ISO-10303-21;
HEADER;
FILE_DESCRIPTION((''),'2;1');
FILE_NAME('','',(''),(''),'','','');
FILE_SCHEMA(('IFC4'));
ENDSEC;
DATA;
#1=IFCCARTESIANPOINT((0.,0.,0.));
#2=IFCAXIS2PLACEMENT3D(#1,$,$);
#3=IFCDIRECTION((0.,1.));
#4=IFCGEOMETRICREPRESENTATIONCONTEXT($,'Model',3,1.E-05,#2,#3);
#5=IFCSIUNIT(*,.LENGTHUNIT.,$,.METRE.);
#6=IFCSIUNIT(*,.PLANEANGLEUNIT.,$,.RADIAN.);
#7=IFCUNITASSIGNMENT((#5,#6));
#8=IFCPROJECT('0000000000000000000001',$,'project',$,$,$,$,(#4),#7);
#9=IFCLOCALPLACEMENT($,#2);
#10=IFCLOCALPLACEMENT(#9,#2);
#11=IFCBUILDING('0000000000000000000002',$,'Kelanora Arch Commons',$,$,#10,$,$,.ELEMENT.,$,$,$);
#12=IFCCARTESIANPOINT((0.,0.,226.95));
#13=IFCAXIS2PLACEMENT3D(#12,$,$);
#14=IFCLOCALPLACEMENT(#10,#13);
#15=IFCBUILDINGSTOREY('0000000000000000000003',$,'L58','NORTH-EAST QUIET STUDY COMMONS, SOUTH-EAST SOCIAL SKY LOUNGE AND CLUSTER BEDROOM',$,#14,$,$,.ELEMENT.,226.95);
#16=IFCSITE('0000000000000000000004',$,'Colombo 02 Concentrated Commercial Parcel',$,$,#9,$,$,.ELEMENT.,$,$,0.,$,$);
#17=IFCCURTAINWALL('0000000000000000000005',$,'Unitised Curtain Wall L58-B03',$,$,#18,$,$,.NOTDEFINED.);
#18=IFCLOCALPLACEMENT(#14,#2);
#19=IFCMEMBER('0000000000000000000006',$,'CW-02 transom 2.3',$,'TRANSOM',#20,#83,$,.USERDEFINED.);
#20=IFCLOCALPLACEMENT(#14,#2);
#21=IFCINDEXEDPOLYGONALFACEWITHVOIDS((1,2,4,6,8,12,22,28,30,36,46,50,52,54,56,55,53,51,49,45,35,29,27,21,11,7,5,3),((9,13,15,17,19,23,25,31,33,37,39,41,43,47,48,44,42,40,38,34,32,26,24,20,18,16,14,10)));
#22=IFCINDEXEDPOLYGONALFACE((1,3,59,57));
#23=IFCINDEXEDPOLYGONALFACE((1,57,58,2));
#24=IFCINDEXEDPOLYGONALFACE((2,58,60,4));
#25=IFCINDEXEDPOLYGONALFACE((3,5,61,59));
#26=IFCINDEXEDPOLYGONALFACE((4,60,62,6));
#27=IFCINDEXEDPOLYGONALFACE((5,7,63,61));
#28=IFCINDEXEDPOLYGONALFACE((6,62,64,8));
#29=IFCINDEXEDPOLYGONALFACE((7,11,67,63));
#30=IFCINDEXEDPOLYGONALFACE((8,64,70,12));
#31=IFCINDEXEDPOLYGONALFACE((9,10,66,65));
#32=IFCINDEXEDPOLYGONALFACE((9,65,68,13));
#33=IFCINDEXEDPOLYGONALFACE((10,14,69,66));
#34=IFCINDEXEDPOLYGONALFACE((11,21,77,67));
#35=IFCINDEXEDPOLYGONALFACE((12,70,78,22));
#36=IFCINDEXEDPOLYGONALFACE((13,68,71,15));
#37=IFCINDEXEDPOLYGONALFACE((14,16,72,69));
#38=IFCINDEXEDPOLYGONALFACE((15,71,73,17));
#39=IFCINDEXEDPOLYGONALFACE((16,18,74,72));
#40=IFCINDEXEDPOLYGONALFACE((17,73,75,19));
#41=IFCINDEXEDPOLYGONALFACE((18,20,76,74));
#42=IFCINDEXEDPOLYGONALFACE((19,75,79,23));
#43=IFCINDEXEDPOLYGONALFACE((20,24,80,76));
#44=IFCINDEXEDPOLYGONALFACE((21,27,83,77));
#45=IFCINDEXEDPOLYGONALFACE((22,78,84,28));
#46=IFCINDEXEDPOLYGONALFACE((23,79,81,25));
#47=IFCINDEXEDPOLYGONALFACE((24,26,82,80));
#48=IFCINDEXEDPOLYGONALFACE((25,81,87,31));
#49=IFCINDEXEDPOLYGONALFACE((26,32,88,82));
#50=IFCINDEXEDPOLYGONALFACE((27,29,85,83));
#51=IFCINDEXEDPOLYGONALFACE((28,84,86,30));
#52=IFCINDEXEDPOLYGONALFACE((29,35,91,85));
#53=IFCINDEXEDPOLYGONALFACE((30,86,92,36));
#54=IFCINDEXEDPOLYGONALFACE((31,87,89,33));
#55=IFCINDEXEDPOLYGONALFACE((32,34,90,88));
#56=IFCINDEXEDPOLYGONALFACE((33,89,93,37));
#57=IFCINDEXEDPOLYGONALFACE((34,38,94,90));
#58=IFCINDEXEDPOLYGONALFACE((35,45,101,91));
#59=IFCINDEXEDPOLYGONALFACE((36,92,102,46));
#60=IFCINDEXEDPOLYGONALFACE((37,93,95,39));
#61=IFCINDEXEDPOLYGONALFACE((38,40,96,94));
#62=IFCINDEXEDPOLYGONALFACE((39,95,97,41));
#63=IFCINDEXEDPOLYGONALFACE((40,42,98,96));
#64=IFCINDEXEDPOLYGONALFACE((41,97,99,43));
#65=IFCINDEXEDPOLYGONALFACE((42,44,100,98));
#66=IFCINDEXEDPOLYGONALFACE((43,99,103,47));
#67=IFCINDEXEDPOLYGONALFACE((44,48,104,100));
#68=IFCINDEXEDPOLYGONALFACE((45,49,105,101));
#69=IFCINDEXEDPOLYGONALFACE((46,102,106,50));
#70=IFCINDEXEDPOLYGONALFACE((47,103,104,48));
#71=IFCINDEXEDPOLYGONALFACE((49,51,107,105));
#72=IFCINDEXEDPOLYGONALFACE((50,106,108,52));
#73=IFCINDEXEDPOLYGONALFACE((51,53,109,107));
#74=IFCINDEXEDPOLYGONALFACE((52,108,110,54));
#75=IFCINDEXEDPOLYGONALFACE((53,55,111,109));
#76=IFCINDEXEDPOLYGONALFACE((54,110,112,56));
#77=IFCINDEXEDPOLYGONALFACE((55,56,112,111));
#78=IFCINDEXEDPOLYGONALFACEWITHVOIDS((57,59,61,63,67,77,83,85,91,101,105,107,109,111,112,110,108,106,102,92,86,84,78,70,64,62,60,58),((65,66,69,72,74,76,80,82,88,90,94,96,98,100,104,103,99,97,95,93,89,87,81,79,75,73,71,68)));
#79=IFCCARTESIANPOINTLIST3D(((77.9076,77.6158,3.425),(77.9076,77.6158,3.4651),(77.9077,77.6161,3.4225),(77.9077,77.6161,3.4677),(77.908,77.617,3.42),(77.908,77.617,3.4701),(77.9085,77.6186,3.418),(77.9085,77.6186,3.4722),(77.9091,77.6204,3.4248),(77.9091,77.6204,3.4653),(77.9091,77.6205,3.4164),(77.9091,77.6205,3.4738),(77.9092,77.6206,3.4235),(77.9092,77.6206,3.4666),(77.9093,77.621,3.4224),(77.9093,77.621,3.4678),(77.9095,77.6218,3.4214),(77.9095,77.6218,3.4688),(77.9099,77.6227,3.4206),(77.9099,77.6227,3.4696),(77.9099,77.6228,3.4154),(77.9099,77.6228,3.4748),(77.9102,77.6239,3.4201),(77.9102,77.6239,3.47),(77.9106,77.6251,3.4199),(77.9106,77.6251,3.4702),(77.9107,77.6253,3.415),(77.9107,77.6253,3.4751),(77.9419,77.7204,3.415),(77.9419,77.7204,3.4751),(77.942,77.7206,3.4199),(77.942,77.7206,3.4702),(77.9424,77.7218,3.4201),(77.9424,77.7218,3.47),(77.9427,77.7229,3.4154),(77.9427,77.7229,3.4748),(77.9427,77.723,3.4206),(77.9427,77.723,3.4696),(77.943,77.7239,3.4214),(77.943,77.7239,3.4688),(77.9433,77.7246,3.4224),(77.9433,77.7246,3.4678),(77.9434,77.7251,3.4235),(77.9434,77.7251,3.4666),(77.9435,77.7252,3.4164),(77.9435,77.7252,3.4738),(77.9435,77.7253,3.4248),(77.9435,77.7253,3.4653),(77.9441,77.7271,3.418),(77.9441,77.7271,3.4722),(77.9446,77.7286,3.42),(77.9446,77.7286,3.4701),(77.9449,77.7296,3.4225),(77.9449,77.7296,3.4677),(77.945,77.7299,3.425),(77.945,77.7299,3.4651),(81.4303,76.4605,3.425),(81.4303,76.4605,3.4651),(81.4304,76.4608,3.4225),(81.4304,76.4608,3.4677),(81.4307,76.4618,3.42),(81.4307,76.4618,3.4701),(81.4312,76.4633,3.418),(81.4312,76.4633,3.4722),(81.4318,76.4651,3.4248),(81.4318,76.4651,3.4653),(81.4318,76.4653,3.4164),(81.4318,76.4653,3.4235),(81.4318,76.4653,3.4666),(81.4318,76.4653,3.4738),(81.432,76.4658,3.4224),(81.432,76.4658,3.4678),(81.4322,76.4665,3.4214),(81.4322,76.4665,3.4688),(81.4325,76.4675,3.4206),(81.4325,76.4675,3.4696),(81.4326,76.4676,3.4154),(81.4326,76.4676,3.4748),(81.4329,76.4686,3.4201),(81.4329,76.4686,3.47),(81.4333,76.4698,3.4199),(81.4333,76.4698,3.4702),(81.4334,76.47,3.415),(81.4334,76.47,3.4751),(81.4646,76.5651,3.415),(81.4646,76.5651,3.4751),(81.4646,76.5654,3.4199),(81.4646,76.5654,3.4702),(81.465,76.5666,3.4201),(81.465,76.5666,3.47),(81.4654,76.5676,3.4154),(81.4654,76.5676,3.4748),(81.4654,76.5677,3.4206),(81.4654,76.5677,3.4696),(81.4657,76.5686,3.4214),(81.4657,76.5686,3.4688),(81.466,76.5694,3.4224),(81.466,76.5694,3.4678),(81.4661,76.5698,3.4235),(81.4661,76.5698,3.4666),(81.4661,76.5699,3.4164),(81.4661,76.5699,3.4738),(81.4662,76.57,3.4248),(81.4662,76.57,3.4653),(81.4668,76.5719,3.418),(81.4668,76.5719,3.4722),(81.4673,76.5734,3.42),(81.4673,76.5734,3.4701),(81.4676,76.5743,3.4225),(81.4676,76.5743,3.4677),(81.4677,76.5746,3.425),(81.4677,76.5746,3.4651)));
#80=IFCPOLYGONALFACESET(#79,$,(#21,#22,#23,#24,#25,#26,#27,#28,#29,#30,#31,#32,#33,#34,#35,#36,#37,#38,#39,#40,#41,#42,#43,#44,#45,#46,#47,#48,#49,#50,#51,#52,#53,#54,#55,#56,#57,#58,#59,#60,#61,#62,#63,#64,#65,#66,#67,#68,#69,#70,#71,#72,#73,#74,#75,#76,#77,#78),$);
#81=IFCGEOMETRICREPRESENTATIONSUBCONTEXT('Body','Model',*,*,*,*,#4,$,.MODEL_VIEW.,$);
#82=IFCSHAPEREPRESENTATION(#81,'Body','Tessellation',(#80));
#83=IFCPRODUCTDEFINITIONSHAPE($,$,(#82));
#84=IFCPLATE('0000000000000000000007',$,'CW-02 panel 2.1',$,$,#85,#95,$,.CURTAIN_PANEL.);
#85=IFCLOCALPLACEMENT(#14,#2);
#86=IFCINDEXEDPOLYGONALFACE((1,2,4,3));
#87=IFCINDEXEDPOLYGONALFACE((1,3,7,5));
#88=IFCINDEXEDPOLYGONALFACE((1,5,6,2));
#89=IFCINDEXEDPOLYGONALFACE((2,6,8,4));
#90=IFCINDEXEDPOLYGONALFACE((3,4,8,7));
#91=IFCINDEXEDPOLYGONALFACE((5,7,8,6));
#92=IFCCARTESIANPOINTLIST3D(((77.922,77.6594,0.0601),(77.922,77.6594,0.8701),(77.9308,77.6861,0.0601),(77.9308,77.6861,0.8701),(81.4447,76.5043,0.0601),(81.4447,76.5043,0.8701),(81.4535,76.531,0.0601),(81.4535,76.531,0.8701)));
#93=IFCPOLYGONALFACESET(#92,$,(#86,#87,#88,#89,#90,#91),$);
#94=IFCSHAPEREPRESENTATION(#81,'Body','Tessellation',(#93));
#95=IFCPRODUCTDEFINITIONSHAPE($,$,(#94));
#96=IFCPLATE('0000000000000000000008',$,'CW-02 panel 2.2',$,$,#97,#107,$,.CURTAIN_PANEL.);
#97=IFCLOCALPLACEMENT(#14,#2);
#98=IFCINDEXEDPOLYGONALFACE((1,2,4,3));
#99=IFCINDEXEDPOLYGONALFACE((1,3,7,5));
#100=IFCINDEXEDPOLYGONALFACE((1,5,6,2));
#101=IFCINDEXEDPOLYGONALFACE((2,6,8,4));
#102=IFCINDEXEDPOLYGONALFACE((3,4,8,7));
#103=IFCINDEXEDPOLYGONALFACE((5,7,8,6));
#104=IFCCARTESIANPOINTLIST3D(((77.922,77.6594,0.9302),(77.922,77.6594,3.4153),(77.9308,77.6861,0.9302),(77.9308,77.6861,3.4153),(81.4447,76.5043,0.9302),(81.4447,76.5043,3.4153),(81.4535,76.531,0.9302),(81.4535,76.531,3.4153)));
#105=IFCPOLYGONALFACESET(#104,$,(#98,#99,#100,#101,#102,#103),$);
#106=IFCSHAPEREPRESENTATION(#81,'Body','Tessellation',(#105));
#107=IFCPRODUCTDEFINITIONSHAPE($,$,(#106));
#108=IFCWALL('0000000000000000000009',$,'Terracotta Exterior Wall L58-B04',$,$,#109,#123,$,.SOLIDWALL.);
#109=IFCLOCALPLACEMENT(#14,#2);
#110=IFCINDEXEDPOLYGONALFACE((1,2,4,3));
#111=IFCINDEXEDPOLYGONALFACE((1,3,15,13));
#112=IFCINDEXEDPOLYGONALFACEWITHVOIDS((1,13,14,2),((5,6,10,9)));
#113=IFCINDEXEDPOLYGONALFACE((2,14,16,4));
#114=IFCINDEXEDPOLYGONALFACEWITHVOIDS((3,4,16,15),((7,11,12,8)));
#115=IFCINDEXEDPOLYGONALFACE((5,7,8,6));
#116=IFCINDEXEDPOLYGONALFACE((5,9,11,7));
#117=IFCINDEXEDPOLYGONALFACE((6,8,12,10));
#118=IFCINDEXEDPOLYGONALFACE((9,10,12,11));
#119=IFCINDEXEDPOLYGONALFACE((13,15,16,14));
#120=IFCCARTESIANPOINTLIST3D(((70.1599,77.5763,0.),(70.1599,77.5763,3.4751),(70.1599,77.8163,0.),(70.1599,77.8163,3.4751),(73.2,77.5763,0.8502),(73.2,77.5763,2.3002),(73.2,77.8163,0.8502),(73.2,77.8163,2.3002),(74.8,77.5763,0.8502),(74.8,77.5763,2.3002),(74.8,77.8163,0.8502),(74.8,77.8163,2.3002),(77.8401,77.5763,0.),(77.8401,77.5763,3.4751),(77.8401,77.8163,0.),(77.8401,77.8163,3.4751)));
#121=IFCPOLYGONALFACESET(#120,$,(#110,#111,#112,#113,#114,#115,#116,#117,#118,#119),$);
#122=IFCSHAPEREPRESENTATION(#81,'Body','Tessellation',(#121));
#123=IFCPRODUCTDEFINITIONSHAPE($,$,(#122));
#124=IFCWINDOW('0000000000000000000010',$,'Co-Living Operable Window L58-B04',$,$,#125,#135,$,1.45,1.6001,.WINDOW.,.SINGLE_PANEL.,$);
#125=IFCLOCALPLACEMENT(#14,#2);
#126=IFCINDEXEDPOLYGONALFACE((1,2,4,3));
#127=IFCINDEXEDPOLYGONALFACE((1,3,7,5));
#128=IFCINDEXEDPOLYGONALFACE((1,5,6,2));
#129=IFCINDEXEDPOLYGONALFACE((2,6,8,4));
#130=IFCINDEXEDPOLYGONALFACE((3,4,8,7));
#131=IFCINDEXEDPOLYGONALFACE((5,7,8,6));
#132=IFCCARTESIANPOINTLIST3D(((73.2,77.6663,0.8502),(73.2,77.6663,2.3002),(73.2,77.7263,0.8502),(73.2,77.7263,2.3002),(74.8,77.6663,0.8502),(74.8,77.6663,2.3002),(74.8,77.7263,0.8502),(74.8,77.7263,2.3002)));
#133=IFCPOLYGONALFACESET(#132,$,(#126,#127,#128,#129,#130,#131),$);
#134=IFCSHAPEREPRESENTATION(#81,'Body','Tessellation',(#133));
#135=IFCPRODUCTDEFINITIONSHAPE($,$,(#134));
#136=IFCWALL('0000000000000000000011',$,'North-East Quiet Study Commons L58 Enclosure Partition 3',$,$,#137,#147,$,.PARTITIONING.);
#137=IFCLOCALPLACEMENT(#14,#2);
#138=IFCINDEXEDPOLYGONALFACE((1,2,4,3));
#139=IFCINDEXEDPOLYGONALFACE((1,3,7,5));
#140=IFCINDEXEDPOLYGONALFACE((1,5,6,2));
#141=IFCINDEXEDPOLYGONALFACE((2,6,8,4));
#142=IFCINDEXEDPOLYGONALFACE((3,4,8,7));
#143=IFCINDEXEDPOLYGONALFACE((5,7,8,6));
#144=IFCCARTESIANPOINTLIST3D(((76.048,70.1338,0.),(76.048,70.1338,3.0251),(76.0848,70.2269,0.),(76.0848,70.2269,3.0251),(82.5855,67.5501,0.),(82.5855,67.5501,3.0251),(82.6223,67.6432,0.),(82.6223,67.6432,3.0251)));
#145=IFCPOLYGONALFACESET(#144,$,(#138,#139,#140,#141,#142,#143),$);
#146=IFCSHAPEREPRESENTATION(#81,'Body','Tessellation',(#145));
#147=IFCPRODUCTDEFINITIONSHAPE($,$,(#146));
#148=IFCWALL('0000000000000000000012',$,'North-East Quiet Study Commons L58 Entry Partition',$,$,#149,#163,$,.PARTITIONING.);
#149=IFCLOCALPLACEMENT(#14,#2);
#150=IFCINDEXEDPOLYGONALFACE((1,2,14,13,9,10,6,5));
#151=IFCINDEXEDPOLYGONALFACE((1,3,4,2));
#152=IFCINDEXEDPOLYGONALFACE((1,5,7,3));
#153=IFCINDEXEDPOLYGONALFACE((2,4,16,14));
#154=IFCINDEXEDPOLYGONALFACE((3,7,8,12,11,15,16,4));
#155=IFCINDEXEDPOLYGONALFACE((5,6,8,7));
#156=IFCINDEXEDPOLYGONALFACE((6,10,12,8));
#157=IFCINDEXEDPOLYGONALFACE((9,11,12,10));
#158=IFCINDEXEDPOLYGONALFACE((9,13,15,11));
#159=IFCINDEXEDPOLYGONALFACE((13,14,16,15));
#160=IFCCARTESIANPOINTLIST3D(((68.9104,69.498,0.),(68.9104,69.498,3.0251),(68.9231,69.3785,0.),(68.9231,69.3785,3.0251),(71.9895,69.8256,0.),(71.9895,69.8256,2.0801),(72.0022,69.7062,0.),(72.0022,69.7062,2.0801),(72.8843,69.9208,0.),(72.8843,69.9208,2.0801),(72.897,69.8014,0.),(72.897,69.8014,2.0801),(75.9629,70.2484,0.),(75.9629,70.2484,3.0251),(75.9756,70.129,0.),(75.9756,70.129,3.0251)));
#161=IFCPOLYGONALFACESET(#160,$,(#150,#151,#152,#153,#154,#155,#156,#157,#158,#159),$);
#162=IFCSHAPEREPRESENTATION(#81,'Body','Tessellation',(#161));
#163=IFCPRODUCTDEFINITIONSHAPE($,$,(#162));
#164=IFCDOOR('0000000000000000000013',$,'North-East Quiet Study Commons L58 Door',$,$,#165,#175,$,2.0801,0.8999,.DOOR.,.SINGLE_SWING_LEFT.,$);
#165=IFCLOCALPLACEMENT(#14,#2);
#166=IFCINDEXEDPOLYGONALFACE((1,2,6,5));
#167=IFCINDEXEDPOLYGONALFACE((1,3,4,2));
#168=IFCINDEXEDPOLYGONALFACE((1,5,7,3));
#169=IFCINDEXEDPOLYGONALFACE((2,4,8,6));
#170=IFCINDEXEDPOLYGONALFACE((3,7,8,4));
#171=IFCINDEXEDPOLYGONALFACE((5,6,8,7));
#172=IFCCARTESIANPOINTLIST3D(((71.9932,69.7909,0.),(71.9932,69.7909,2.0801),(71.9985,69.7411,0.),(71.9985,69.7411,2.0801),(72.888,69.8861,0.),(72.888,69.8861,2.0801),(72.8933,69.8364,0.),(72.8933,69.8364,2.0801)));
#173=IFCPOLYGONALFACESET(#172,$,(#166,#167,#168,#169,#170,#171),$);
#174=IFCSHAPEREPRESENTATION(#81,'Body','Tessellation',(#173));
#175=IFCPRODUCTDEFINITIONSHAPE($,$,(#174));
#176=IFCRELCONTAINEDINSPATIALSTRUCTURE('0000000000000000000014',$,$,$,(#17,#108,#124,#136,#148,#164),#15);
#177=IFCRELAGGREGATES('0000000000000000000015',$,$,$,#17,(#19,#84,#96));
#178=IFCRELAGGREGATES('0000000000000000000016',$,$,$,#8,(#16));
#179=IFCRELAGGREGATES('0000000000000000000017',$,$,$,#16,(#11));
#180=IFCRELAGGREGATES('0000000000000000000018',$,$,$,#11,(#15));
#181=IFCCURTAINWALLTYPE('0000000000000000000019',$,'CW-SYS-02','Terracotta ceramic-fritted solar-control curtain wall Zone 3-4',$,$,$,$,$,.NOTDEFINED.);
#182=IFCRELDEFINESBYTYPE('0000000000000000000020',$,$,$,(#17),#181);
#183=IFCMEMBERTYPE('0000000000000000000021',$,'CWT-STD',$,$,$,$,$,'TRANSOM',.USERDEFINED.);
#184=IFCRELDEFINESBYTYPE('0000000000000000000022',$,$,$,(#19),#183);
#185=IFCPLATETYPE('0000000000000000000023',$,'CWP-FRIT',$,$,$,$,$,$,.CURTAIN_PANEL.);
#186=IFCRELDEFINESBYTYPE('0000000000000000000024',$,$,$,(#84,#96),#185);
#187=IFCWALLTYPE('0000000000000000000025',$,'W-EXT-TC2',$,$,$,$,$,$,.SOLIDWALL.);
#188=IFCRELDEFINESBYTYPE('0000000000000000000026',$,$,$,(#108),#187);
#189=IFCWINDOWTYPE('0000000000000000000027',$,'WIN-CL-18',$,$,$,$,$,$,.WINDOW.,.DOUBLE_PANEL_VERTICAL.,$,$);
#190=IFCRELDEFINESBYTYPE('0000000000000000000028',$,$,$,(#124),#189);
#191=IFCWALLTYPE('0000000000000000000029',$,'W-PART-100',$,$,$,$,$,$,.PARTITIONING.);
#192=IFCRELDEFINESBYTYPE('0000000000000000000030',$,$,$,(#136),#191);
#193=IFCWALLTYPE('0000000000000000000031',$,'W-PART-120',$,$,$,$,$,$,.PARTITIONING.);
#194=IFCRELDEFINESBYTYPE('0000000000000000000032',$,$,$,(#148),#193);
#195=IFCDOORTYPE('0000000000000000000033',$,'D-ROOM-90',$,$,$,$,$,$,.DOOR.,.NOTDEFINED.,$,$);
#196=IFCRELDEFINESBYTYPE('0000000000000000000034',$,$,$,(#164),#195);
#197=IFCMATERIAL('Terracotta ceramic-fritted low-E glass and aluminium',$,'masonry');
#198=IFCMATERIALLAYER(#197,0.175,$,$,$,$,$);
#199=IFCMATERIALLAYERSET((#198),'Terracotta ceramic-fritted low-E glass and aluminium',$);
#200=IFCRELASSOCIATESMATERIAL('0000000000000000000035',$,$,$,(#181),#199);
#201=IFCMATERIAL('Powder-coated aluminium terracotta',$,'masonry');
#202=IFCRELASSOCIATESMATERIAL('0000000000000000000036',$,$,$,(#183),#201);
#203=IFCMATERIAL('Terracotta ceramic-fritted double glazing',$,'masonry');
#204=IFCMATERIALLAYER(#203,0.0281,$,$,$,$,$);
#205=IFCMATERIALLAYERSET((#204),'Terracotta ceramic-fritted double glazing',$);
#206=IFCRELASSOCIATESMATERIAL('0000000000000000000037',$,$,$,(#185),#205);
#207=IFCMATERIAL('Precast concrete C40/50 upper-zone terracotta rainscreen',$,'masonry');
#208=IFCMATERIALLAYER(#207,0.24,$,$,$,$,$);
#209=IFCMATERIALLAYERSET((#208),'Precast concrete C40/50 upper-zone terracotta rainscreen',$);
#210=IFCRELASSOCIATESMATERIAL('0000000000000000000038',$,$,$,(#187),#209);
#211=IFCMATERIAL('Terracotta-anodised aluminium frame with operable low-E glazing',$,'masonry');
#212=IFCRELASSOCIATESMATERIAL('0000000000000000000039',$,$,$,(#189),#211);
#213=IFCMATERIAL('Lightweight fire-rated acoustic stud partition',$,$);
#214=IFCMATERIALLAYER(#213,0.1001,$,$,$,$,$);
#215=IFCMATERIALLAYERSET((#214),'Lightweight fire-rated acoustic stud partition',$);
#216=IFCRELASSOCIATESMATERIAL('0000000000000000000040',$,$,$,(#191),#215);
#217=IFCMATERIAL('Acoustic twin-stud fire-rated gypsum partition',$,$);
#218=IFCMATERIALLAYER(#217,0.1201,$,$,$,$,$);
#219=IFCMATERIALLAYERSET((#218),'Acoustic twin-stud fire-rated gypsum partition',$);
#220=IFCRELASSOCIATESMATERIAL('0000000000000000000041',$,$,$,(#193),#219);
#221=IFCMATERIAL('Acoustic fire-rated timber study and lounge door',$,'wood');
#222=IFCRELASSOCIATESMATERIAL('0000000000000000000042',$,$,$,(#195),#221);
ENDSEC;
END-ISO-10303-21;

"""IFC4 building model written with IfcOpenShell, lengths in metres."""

from ifc_helpers import new_model, si_unit, direction, frame, frame_2d, origin, origin_2d, place, context, subcontext, project, spatial, rectangle, hollow_rectangle, extrude, source, transform, mapped, material, layer, layer_set, material_profile, profile_set, type_object, element, fill, aggregate, save


model = new_model("IFC4")

# Units and contexts
model_context = context("Model", 3, precision=1e-05, world=origin(), true_north=direction((0.0, 1.0)))
body_context = subcontext(model_context, "Body", "Model", "MODEL_VIEW")
ifc_project = project(units=[si_unit("LENGTHUNIT", "METRE"), si_unit("PLANEANGLEUNIT", "RADIAN")], contexts=[model_context])

# Site, building, storey
site_placement = place(None, origin())
site = spatial("IfcSite", under=ifc_project, at=site_placement, Name="Colombo 02 Concentrated Commercial Parcel", CompositionType="ELEMENT", RefElevation=0.0)
building_placement = place(site_placement, origin())
building = spatial("IfcBuilding", under=site, at=building_placement, Name="Kelanora Arch Commons", CompositionType="ELEMENT")
storey_placement = place(building_placement, frame((0.0, 0.0, 226.95)))
storey = spatial("IfcBuildingStorey", under=building, at=storey_placement, Name="L58", Description="NORTH-EAST QUIET STUDY COMMONS, SOUTH-EAST SOCIAL SKY LOUNGE AND CLUSTER BEDROOM", CompositionType="ELEMENT", Elevation=226.95)

# Curtain wall, member, plates
ifc_material_1 = material(Name="Terracotta ceramic-fritted low-E glass and aluminium", Category="masonry")
ifc_layer_1 = layer(ifc_material_1, 0.175)
ifc_layer_set_1 = layer_set([ifc_layer_1], Name="Terracotta ceramic-fritted low-E glass and aluminium")
curtain_wall_type = type_object("IfcCurtainWallType", Name="CW-SYS-02", Description="Terracotta ceramic-fritted solar-control curtain wall Zone 3-4", PredefinedType="NOTDEFINED", material=ifc_layer_set_1)
curtain_wall_placement = place(storey_placement, origin())
curtain_wall = element("IfcCurtainWall", 1, at=curtain_wall_placement, inside=storey, type_object=curtain_wall_type, Name="Unitised Curtain Wall L58-B03", PredefinedType="NOTDEFINED")
ifc_material_2 = material(Name="Powder-coated aluminium terracotta", Category="masonry")
ifc_material_profile_1 = material_profile(ifc_material_2, hollow_rectangle(XDim=0.1201, YDim=0.0601, WallThickness=0.0049, InnerFilletRadius=0.0049, OuterFilletRadius=0.01, at=origin_2d()), Name="CWT120x60")
ifc_profile_set_1 = profile_set([ifc_material_profile_1], Name="Powder-coated aluminium terracotta")
member_type_1 = type_object("IfcMemberType", Name="CWT-STD", ElementType="TRANSOM", PredefinedType="USERDEFINED", material=ifc_profile_set_1)
member_1_placement = place(storey_placement, frame((81.449, 76.5176, 3.4451), z_axis=(-0.950207, 0.311621, 0.0), x_axis=(-0.311621, -0.950207, 0.0)))
member_1 = element("IfcMember", 2, at=member_1_placement, type_object=member_type_1, Name="CW-02 transom 2.3", ObjectType="TRANSOM", PredefinedType="USERDEFINED", context=body_context, shape_type="SweptSolid", body=[
    extrude(hollow_rectangle(XDim=0.1201, YDim=0.0601, WallThickness=0.0049, InnerFilletRadius=0.0049, OuterFilletRadius=0.01, at=origin_2d()), origin(), (0.0, 0.0, 1.0), 3.7073),
])
ifc_material_3 = material(Name="Terracotta ceramic-fritted double glazing", Category="masonry")
ifc_layer_2 = layer(ifc_material_3, 0.0281)
ifc_layer_set_2 = layer_set([ifc_layer_2], Name="Terracotta ceramic-fritted double glazing")
plate_type = type_object("IfcPlateType", Name="CWP-FRIT", PredefinedType="CURTAIN_PANEL", material=ifc_layer_set_2)
shared_shape_1 = source(origin(), body_context, "Body", "SweptSolid", [
    extrude(rectangle(XDim=3.7073, YDim=0.0281, at=origin_2d()), origin(), (0.0, 0.0, 1.0), 0.8101),
])
plate_1_placement = place(storey_placement, frame((79.6877, 77.0952, 0.0601), z_axis=(0.0, 0.0, 1.0), x_axis=(-0.950219, 0.311582, 0.0)))
plate_1 = element("IfcPlate", 3, at=plate_1_placement, type_object=plate_type, Name="CW-02 panel 2.1", PredefinedType="CURTAIN_PANEL", context=body_context, shape_type="MappedRepresentation", body=[
    mapped(shared_shape_1, transform((0.0, 0.0, 0.0), scale=1.0)),
])
shared_shape_2 = source(origin(), body_context, "Body", "SweptSolid", [
    extrude(rectangle(XDim=3.7073, YDim=0.0281, at=origin_2d()), origin(), (0.0, 0.0, 1.0), 2.4851),
])
plate_2_placement = place(storey_placement, frame((79.6877, 77.0952, 0.9302), z_axis=(0.0, 0.0, 1.0), x_axis=(-0.950219, 0.311582, 0.0)))
plate_2 = element("IfcPlate", 4, at=plate_2_placement, type_object=plate_type, Name="CW-02 panel 2.2", PredefinedType="CURTAIN_PANEL", context=body_context, shape_type="MappedRepresentation", body=[
    mapped(shared_shape_2, transform((0.0, 0.0, 0.0), scale=1.0)),
])
aggregate(curtain_wall, [member_1, plate_1, plate_2])

# Wall, opening, window
ifc_material_4 = material(Name="Precast concrete C40/50 upper-zone terracotta rainscreen", Category="masonry")
ifc_layer_3 = layer(ifc_material_4, 0.24)
ifc_layer_set_3 = layer_set([ifc_layer_3], Name="Precast concrete C40/50 upper-zone terracotta rainscreen")
wall_type_1 = type_object("IfcWallType", Name="W-EXT-TC2", PredefinedType="SOLIDWALL", material=ifc_layer_set_3)
wall_1_placement = place(storey_placement, frame((77.8401, 77.6963, 0.0), z_axis=(0.0, 0.0, 1.0), x_axis=(-1.0, 0.0, 0.0)))
wall_1 = element("IfcWall", 5, at=wall_1_placement, inside=storey, type_object=wall_type_1, Name="Terracotta Exterior Wall L58-B04", PredefinedType="SOLIDWALL", context=body_context, shape_type="SweptSolid", body=[
    extrude(rectangle(XDim=7.6802, YDim=0.24, at=frame_2d((3.8401, 0.0))), origin(), (0.0, 0.0, 1.0), 3.4751),
])
opening_1_placement = place(wall_1_placement, frame((3.04, 0.0, 0.8501)))
opening_1 = element("IfcOpeningElement", 6, at=opening_1_placement, cuts=wall_1, PredefinedType="OPENING", context=body_context, shape_type="SweptSolid", body=[
    extrude(rectangle(XDim=1.6001, YDim=1.45, at=frame_2d((0.8, 0.7251))), frame((0.0, 0.1299, 0.0), z_axis=(0.0, -1.0, 0.0), x_axis=(1.0, 0.0, 0.0)), (0.0, 0.0, 1.0), 0.26),
])
ifc_material_5 = material(Name="Terracotta-anodised aluminium frame with operable low-E glazing", Category="masonry")
window_type = type_object("IfcWindowType", Name="WIN-CL-18", PartitioningType="DOUBLE_PANEL_VERTICAL", PredefinedType="WINDOW", material=ifc_material_5)
window_placement = place(opening_1_placement, origin())
window = element("IfcWindow", 7, at=window_placement, inside=storey, type_object=window_type, Name="Co-Living Operable Window L58-B04", OverallHeight=1.45, OverallWidth=1.6001, PartitioningType="SINGLE_PANEL", PredefinedType="WINDOW", context=body_context, shape_type="SweptSolid", body=[
    extrude(rectangle(XDim=1.6001, YDim=1.45, at=frame_2d((0.8, 0.7251))), frame((0.0, 0.03, 0.0), z_axis=(0.0, -1.0, 0.0), x_axis=(1.0, 0.0, 0.0)), (0.0, 0.0, 1.0), 0.0601),
])
fill(opening_1, window)

# Wall
ifc_material_6 = material(Name="Lightweight fire-rated acoustic stud partition")
ifc_layer_4 = layer(ifc_material_6, 0.1001)
ifc_layer_set_4 = layer_set([ifc_layer_4], Name="Lightweight fire-rated acoustic stud partition")
wall_type_2 = type_object("IfcWallType", Name="W-PART-100", PredefinedType="PARTITIONING", material=ifc_layer_set_4)
wall_2_placement = place(storey_placement, frame((82.6038, 67.5967, 0.0), z_axis=(0.0, 0.0, 1.0), x_axis=(-0.930004, 0.367549, 0.0)))
element("IfcWall", 8, at=wall_2_placement, inside=storey, type_object=wall_type_2, Name="North-East Quiet Study Commons L58 Enclosure Partition 3", PredefinedType="PARTITIONING", context=body_context, shape_type="SweptSolid", body=[
    extrude(rectangle(XDim=7.0295, YDim=0.1001, at=frame_2d((3.5146, 0.0))), origin(), (0.0, 0.0, 1.0), 3.0251),
])

# Wall, opening, door
ifc_material_7 = material(Name="Acoustic twin-stud fire-rated gypsum partition")
ifc_layer_5 = layer(ifc_material_7, 0.1201)
ifc_layer_set_5 = layer_set([ifc_layer_5], Name="Acoustic twin-stud fire-rated gypsum partition")
wall_type_3 = type_object("IfcWallType", Name="W-PART-120", PredefinedType="PARTITIONING", material=ifc_layer_set_5)
wall_3_placement = place(storey_placement, frame((75.9692, 70.1887, 0.0), z_axis=(0.0, 0.0, 1.0), x_axis=(-0.994386, -0.105817, 0.0)))
wall_3 = element("IfcWall", 9, at=wall_3_placement, inside=storey, type_object=wall_type_3, Name="North-East Quiet Study Commons L58 Entry Partition", PredefinedType="PARTITIONING", context=body_context, shape_type="SweptSolid", body=[
    extrude(rectangle(XDim=7.0923, YDim=0.1201, at=frame_2d((3.5461, 0.0))), origin(), (0.0, 0.0, 1.0), 3.0251),
])
opening_2_placement = place(wall_3_placement, frame((3.0959, 0.0, 0.0)))
opening_2 = element("IfcOpeningElement", 10, at=opening_2_placement, cuts=wall_3, PredefinedType="OPENING", context=body_context, shape_type="SweptSolid", body=[
    extrude(rectangle(XDim=0.8999, YDim=2.0801, at=frame_2d((0.45, 1.04))), frame((0.0, 0.0701, 0.0), z_axis=(0.0, -1.0, 0.0), x_axis=(1.0, 0.0, 0.0)), (0.0, 0.0, 1.0), 0.1401),
])
ifc_material_8 = material(Name="Acoustic fire-rated timber study and lounge door", Category="wood")
door_type = type_object("IfcDoorType", Name="D-ROOM-90", OperationType="NOTDEFINED", PredefinedType="DOOR", material=ifc_material_8)
door_placement = place(opening_2_placement, origin())
door = element("IfcDoor", 11, at=door_placement, inside=storey, type_object=door_type, Name="North-East Quiet Study Commons L58 Door", OperationType="SINGLE_SWING_LEFT", OverallHeight=2.0801, OverallWidth=0.8999, PredefinedType="DOOR", context=body_context, shape_type="SweptSolid", body=[
    extrude(rectangle(XDim=0.8999, YDim=2.0801, at=frame_2d((0.45, 1.04))), frame((0.0, 0.0249, 0.0), z_axis=(0.0, -1.0, 0.0), x_axis=(1.0, 0.0, 0.0)), (0.0, 0.0, 1.0), 0.05),
])
fill(opening_2, door)

save(model, "model.ifc")
